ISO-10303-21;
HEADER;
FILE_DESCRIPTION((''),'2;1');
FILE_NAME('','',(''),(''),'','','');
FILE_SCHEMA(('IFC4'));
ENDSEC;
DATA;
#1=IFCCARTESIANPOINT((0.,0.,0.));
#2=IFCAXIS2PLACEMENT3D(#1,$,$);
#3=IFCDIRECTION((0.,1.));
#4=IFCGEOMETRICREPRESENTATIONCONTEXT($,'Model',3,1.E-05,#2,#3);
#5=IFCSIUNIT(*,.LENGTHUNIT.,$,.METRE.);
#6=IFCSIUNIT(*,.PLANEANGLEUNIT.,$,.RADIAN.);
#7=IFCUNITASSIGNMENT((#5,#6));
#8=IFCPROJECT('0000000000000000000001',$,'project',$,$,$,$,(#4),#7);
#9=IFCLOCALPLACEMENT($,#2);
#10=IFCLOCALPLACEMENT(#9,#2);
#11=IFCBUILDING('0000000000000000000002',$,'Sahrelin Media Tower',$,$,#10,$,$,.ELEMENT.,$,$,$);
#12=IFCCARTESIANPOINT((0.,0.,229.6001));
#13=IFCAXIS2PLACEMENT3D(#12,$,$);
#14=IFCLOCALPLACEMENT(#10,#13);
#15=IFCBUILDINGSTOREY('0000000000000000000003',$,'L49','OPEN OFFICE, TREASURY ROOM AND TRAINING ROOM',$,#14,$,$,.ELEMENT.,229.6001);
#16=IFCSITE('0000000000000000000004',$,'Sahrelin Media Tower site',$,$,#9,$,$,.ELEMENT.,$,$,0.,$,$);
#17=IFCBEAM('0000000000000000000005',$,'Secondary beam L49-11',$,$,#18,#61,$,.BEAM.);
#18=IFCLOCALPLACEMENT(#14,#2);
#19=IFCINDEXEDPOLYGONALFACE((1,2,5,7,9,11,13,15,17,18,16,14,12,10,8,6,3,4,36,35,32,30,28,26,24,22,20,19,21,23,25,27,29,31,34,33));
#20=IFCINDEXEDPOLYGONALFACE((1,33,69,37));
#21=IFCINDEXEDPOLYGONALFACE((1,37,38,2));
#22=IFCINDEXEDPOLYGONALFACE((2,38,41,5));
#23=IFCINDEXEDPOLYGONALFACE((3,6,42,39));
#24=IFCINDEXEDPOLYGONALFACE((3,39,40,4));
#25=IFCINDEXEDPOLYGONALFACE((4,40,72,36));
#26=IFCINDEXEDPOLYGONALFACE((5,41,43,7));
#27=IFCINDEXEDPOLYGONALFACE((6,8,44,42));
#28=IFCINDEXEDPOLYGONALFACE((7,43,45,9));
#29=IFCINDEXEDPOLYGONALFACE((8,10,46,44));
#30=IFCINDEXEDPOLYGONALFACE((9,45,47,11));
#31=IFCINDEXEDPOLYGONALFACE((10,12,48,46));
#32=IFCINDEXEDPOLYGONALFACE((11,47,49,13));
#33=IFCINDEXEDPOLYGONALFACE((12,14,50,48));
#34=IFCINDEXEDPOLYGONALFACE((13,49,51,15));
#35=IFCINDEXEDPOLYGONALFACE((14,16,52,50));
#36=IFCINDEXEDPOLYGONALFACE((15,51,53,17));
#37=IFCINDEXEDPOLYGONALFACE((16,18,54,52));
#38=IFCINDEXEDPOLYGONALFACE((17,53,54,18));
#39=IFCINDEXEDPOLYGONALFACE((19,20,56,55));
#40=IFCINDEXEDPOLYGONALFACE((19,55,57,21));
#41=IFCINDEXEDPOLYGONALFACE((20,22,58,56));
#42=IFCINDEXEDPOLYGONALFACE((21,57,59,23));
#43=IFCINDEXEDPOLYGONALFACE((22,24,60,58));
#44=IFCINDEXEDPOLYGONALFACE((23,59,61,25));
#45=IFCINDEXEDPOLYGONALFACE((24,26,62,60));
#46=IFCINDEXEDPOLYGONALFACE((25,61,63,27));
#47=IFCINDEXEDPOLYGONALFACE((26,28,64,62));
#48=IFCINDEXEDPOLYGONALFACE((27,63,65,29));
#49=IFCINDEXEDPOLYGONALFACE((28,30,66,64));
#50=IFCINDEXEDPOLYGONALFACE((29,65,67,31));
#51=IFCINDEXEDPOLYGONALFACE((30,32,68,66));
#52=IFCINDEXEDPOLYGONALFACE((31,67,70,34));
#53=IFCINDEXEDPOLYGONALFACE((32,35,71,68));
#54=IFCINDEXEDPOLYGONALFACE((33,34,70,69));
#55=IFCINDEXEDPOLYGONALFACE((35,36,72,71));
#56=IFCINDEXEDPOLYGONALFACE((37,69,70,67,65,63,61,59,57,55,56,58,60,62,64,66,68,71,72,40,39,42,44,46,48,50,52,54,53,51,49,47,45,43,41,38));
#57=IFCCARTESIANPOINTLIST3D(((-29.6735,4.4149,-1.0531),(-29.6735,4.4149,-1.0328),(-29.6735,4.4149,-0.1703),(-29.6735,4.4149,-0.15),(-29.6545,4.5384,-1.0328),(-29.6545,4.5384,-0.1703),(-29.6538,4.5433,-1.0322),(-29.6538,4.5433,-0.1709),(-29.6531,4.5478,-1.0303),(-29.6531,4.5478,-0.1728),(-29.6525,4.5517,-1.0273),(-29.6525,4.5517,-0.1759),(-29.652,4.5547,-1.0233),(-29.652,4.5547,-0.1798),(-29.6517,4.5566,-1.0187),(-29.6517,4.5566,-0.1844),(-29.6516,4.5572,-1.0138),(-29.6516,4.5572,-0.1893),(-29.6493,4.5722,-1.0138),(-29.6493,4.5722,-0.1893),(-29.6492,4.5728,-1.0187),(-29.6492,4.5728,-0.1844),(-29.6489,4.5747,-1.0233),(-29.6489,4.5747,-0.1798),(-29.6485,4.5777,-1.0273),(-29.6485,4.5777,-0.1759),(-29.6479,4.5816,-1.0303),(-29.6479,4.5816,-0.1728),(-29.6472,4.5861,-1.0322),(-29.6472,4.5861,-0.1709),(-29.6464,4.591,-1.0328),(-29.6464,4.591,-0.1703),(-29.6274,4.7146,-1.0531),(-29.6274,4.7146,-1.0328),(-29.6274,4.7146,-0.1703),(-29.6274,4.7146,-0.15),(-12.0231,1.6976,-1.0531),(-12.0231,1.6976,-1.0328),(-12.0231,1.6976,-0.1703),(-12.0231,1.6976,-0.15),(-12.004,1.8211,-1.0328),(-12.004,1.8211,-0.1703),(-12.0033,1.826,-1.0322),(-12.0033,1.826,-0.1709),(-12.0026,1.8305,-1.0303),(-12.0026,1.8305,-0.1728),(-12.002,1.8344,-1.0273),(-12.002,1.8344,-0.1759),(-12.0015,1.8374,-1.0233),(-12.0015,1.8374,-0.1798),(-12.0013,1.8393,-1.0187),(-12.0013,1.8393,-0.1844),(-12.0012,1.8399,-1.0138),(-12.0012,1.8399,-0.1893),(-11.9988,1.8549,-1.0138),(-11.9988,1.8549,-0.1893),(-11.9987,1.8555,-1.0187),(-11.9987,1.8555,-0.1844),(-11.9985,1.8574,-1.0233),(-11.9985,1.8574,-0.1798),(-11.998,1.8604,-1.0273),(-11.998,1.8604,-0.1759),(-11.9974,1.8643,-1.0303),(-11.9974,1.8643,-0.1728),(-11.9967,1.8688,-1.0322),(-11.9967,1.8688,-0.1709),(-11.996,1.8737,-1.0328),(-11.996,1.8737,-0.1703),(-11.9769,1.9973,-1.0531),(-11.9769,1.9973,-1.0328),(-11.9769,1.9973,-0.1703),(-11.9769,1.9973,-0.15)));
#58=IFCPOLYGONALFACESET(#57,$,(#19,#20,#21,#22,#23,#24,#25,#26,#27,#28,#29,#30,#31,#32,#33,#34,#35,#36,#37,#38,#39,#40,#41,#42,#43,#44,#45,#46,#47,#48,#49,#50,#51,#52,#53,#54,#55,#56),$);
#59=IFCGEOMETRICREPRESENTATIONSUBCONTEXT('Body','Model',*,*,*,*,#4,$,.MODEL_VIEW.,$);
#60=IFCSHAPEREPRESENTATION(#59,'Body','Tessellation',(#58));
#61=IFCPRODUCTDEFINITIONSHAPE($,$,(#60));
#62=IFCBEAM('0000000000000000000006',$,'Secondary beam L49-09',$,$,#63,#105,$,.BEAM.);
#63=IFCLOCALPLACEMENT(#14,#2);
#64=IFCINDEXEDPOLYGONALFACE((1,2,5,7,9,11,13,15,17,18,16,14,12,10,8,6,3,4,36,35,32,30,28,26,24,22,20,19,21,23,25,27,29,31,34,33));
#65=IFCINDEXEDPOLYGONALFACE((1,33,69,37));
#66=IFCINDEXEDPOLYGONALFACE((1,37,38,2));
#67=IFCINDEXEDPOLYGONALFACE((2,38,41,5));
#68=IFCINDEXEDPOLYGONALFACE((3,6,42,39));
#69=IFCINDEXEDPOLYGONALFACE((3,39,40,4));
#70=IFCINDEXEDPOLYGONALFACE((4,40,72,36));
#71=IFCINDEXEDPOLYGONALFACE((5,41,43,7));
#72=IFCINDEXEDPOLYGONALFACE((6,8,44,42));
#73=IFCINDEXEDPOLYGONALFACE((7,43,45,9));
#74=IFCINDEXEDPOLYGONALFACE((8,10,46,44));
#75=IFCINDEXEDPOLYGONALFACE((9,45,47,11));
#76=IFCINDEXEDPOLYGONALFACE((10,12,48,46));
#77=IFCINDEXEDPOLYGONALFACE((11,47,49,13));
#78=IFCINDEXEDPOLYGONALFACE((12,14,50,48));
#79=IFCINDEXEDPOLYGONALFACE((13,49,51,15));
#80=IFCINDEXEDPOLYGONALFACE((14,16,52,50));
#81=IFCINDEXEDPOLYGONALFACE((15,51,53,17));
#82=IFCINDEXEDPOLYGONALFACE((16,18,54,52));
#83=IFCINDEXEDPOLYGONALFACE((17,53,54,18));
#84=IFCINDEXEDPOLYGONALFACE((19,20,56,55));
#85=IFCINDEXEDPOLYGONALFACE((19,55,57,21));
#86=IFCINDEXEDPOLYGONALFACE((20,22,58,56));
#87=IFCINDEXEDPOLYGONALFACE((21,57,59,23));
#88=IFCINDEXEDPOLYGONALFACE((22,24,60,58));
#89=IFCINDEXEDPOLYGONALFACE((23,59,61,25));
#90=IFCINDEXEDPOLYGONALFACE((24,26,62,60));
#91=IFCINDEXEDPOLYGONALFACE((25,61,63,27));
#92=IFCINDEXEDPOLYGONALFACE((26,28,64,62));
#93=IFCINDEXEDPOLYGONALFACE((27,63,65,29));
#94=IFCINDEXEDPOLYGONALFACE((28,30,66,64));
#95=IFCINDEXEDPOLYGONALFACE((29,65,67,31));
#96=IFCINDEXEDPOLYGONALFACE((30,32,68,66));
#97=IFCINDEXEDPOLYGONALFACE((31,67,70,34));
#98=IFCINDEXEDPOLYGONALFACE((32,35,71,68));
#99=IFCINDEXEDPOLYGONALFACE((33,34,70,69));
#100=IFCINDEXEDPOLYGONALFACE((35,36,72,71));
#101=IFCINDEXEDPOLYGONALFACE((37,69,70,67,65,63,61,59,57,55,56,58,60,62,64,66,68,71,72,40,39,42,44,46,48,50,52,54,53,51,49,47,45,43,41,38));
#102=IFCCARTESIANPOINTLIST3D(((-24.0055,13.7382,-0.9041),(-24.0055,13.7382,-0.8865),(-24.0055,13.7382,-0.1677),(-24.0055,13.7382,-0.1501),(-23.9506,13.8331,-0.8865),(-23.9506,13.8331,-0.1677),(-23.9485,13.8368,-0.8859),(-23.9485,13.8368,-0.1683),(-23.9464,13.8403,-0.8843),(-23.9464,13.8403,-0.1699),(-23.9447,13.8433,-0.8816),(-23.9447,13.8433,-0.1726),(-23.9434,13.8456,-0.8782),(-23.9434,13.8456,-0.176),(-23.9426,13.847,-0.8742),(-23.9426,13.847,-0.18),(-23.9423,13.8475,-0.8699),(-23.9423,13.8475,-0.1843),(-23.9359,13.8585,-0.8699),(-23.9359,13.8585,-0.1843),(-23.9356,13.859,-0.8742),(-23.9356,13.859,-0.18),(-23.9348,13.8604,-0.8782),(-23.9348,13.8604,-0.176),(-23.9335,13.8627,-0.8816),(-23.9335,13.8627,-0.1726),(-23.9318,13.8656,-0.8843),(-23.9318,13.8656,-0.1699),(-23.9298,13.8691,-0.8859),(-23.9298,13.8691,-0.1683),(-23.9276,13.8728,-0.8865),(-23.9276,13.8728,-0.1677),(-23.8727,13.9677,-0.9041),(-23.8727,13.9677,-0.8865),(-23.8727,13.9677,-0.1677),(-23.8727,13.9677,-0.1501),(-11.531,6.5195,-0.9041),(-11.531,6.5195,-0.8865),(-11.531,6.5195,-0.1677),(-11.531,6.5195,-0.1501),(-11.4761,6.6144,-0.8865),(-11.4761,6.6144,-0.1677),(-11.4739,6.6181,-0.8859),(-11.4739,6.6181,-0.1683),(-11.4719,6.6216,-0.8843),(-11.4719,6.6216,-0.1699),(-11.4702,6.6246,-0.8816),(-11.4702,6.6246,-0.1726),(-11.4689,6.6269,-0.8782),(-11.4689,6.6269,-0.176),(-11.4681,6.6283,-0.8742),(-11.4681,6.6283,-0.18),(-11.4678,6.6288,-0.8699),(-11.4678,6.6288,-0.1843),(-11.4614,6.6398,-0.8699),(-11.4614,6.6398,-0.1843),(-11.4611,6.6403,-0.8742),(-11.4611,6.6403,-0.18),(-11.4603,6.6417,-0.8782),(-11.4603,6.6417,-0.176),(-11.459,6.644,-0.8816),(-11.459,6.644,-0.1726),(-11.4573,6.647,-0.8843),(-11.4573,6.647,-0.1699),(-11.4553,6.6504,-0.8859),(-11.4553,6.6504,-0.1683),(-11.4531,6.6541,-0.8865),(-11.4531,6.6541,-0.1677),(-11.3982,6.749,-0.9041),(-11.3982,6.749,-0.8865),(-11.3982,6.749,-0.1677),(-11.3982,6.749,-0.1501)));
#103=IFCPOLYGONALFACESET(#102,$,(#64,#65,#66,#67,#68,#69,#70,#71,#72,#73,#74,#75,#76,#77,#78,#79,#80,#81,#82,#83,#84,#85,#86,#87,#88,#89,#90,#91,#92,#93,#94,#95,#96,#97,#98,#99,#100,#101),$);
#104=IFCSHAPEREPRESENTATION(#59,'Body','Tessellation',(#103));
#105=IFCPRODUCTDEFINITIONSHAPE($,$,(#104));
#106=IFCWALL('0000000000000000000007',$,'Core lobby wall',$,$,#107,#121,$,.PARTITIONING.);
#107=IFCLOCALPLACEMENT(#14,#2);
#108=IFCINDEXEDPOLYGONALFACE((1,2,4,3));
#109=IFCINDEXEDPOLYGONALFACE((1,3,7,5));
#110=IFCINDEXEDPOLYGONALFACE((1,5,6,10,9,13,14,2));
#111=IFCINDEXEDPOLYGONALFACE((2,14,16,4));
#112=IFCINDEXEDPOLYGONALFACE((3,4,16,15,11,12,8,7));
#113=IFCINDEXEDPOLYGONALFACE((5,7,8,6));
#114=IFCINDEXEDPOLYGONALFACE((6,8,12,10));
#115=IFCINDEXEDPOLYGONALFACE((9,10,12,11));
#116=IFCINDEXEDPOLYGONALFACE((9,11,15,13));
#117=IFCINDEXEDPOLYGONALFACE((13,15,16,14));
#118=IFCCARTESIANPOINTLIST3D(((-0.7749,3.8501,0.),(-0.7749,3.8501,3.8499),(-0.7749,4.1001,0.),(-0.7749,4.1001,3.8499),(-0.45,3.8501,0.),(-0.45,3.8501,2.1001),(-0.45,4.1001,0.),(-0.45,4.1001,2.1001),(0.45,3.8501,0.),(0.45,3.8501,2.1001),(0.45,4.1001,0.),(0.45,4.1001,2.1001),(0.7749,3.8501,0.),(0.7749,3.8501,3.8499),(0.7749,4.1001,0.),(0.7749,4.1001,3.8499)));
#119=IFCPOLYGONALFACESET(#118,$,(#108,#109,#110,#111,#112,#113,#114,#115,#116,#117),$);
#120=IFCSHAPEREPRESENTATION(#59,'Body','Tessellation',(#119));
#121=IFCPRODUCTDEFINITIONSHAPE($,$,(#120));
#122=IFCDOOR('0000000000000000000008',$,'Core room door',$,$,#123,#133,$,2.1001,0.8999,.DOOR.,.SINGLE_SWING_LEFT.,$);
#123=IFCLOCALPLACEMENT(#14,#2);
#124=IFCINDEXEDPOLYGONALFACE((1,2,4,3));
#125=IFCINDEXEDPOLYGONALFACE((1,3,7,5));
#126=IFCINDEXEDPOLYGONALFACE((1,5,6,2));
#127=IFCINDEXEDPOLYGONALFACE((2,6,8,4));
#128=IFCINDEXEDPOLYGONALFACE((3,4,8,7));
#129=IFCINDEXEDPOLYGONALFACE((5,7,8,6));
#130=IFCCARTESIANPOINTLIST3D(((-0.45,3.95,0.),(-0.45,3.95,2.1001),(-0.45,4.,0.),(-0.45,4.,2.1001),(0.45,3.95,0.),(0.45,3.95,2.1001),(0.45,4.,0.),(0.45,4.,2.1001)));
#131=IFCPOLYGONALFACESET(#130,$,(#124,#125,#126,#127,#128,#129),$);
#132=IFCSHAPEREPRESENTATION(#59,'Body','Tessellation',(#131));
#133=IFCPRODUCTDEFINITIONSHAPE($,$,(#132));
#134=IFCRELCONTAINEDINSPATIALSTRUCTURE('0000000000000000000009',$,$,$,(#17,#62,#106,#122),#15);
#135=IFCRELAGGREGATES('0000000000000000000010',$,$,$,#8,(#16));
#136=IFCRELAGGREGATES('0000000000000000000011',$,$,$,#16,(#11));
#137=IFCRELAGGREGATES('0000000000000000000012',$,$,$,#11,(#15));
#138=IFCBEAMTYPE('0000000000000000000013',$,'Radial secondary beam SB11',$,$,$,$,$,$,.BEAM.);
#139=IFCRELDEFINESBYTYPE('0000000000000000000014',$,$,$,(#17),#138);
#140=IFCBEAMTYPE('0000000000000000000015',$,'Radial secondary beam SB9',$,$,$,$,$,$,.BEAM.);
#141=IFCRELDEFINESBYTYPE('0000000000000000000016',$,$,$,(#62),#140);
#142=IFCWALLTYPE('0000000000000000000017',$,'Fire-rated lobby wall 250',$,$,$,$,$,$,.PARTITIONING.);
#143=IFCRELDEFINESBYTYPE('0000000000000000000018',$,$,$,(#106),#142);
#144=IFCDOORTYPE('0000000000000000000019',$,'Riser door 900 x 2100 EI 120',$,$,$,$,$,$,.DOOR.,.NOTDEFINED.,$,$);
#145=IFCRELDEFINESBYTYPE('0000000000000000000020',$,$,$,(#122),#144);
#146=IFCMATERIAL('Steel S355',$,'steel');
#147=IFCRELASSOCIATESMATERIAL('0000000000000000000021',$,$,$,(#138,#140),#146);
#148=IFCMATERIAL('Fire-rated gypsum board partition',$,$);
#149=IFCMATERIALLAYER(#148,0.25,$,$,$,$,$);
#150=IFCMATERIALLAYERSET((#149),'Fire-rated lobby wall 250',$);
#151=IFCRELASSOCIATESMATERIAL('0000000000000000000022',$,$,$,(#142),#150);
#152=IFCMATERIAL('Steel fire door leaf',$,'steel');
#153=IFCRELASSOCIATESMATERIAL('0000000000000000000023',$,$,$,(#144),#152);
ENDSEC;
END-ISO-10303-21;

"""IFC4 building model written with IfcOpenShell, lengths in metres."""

from ifc_helpers import new_model, si_unit, direction, frame, frame_2d, origin, origin_2d, place, context, subcontext, project, spatial, rectangle, i_section, extrude, material, layer, layer_set, material_profile, profile_set, type_object, element, fill, save


model = new_model("IFC4")

# Units and contexts
model_context = context("Model", 3, precision=1e-05, world=origin(), true_north=direction((0.0, 1.0)))
body_context = subcontext(model_context, "Body", "Model", "MODEL_VIEW")
ifc_project = project(units=[si_unit("LENGTHUNIT", "METRE"), si_unit("PLANEANGLEUNIT", "RADIAN")], contexts=[model_context])

# Site, building, storey
site_placement = place(None, origin())
site = spatial("IfcSite", under=ifc_project, at=site_placement, Name="Sahrelin Media Tower site", CompositionType="ELEMENT", RefElevation=0.0)
building_placement = place(site_placement, origin())
building = spatial("IfcBuilding", under=site, at=building_placement, Name="Sahrelin Media Tower", CompositionType="ELEMENT")
storey_placement = place(building_placement, frame((0.0, 0.0, 229.6001)))
storey = spatial("IfcBuildingStorey", under=building, at=storey_placement, Name="L49", Description="OPEN OFFICE, TREASURY ROOM AND TRAINING ROOM", CompositionType="ELEMENT", Elevation=229.6001)

# Beams
ifc_material_1 = material(Name="Steel S355", Category="steel")
ifc_material_profile_1 = material_profile(ifc_material_1, i_section(OverallWidth=0.3032, OverallDepth=0.9031, WebThickness=0.0151, FlangeThickness=0.0203, FilletRadius=0.019, at=origin_2d()), Name="UB 914x305x201")
ifc_profile_set_1 = profile_set([ifc_material_profile_1], Name="Steel S355")
beam_type_1 = type_object("IfcBeamType", Name="Radial secondary beam SB11", PredefinedType="BEAM", material=ifc_profile_set_1)
beam_1_placement = place(storey_placement, frame((-12.0, 1.8474, -0.6016), z_axis=(-0.988356, 0.152158, 0.0), x_axis=(-0.152158, -0.988356, 0.0)))
element("IfcBeam", 1, at=beam_1_placement, inside=storey, type_object=beam_type_1, Name="Secondary beam L49-11", PredefinedType="BEAM", context=body_context, shape_type="SweptSolid", body=[
    extrude(i_section(OverallWidth=0.3032, OverallDepth=0.9031, WebThickness=0.0151, FlangeThickness=0.0203, FilletRadius=0.019, at=origin_2d()), origin(), (0.0, 0.0, 1.0), 17.8584),
])
ifc_material_profile_2 = material_profile(ifc_material_1, i_section(OverallWidth=0.2651, OverallDepth=0.7539, WebThickness=0.0127, FlangeThickness=0.0176, FilletRadius=0.0166, at=origin_2d()), Name="UB 762x267x147")
ifc_profile_set_2 = profile_set([ifc_material_profile_2], Name="Steel S355")
beam_type_2 = type_object("IfcBeamType", Name="Radial secondary beam SB9", PredefinedType="BEAM", material=ifc_profile_set_2)
beam_2_placement = place(storey_placement, frame((-11.4646, 6.6343, -0.5271), z_axis=(-0.865528, 0.50086, 0.0), x_axis=(-0.50086, -0.865528, 0.0)))
element("IfcBeam", 2, at=beam_2_placement, inside=storey, type_object=beam_type_2, Name="Secondary beam L49-09", PredefinedType="BEAM", context=body_context, shape_type="SweptSolid", body=[
    extrude(i_section(OverallWidth=0.2651, OverallDepth=0.7539, WebThickness=0.0127, FlangeThickness=0.0176, FilletRadius=0.0166, at=origin_2d()), origin(), (0.0, 0.0, 1.0), 14.4126),
])

# Wall, opening, door
ifc_material_2 = material(Name="Fire-rated gypsum board partition")
ifc_layer_1 = layer(ifc_material_2, 0.25)
ifc_layer_set_1 = layer_set([ifc_layer_1], Name="Fire-rated lobby wall 250")
wall_type_1 = type_object("IfcWallType", Name="Fire-rated lobby wall 250", PredefinedType="PARTITIONING", material=ifc_layer_set_1)
wall_1_placement = place(storey_placement, frame((-0.7749, 3.9751, 0.0), z_axis=(0.0, 0.0, 1.0), x_axis=(1.0, 0.0, 0.0)))
wall_1 = element("IfcWall", 3, at=wall_1_placement, inside=storey, type_object=wall_type_1, Name="Core lobby wall", PredefinedType="PARTITIONING", context=body_context, shape_type="SweptSolid", body=[
    extrude(rectangle(XDim=1.5498, YDim=0.25, at=frame_2d((0.7749, 0.0))), origin(), (0.0, 0.0, 1.0), 3.8499),
])
opening_1_placement = place(wall_1_placement, frame((0.325, 0.0, 0.0)))
opening_1 = element("IfcOpeningElement", 4, at=opening_1_placement, cuts=wall_1, PredefinedType="OPENING", context=body_context, shape_type="SweptSolid", body=[
    extrude(rectangle(XDim=0.8999, YDim=2.1001, at=frame_2d((0.45, 1.05))), frame((0.0, 0.125, 0.0), z_axis=(0.0, -1.0, 0.0), x_axis=(1.0, 0.0, 0.0)), (0.0, 0.0, 1.0), 0.25),
])
ifc_material_3 = material(Name="Steel fire door leaf", Category="steel")
door_type_1 = type_object("IfcDoorType", Name="Riser door 900 x 2100 EI 120", OperationType="NOTDEFINED", PredefinedType="DOOR", material=ifc_material_3)
door_1_placement = place(opening_1_placement, origin())
door_1 = element("IfcDoor", 5, at=door_1_placement, inside=storey, type_object=door_type_1, Name="Core room door", OperationType="SINGLE_SWING_LEFT", OverallHeight=2.1001, OverallWidth=0.8999, PredefinedType="DOOR", context=body_context, shape_type="SweptSolid", body=[
    extrude(rectangle(XDim=0.8999, YDim=2.1001, at=frame_2d((0.45, 1.05))), frame((0.0, 0.0249, 0.0), z_axis=(0.0, -1.0, 0.0), x_axis=(1.0, 0.0, 0.0)), (0.0, 0.0, 1.0), 0.05),
])
fill(opening_1, door_1)

save(model, "model.ifc")
